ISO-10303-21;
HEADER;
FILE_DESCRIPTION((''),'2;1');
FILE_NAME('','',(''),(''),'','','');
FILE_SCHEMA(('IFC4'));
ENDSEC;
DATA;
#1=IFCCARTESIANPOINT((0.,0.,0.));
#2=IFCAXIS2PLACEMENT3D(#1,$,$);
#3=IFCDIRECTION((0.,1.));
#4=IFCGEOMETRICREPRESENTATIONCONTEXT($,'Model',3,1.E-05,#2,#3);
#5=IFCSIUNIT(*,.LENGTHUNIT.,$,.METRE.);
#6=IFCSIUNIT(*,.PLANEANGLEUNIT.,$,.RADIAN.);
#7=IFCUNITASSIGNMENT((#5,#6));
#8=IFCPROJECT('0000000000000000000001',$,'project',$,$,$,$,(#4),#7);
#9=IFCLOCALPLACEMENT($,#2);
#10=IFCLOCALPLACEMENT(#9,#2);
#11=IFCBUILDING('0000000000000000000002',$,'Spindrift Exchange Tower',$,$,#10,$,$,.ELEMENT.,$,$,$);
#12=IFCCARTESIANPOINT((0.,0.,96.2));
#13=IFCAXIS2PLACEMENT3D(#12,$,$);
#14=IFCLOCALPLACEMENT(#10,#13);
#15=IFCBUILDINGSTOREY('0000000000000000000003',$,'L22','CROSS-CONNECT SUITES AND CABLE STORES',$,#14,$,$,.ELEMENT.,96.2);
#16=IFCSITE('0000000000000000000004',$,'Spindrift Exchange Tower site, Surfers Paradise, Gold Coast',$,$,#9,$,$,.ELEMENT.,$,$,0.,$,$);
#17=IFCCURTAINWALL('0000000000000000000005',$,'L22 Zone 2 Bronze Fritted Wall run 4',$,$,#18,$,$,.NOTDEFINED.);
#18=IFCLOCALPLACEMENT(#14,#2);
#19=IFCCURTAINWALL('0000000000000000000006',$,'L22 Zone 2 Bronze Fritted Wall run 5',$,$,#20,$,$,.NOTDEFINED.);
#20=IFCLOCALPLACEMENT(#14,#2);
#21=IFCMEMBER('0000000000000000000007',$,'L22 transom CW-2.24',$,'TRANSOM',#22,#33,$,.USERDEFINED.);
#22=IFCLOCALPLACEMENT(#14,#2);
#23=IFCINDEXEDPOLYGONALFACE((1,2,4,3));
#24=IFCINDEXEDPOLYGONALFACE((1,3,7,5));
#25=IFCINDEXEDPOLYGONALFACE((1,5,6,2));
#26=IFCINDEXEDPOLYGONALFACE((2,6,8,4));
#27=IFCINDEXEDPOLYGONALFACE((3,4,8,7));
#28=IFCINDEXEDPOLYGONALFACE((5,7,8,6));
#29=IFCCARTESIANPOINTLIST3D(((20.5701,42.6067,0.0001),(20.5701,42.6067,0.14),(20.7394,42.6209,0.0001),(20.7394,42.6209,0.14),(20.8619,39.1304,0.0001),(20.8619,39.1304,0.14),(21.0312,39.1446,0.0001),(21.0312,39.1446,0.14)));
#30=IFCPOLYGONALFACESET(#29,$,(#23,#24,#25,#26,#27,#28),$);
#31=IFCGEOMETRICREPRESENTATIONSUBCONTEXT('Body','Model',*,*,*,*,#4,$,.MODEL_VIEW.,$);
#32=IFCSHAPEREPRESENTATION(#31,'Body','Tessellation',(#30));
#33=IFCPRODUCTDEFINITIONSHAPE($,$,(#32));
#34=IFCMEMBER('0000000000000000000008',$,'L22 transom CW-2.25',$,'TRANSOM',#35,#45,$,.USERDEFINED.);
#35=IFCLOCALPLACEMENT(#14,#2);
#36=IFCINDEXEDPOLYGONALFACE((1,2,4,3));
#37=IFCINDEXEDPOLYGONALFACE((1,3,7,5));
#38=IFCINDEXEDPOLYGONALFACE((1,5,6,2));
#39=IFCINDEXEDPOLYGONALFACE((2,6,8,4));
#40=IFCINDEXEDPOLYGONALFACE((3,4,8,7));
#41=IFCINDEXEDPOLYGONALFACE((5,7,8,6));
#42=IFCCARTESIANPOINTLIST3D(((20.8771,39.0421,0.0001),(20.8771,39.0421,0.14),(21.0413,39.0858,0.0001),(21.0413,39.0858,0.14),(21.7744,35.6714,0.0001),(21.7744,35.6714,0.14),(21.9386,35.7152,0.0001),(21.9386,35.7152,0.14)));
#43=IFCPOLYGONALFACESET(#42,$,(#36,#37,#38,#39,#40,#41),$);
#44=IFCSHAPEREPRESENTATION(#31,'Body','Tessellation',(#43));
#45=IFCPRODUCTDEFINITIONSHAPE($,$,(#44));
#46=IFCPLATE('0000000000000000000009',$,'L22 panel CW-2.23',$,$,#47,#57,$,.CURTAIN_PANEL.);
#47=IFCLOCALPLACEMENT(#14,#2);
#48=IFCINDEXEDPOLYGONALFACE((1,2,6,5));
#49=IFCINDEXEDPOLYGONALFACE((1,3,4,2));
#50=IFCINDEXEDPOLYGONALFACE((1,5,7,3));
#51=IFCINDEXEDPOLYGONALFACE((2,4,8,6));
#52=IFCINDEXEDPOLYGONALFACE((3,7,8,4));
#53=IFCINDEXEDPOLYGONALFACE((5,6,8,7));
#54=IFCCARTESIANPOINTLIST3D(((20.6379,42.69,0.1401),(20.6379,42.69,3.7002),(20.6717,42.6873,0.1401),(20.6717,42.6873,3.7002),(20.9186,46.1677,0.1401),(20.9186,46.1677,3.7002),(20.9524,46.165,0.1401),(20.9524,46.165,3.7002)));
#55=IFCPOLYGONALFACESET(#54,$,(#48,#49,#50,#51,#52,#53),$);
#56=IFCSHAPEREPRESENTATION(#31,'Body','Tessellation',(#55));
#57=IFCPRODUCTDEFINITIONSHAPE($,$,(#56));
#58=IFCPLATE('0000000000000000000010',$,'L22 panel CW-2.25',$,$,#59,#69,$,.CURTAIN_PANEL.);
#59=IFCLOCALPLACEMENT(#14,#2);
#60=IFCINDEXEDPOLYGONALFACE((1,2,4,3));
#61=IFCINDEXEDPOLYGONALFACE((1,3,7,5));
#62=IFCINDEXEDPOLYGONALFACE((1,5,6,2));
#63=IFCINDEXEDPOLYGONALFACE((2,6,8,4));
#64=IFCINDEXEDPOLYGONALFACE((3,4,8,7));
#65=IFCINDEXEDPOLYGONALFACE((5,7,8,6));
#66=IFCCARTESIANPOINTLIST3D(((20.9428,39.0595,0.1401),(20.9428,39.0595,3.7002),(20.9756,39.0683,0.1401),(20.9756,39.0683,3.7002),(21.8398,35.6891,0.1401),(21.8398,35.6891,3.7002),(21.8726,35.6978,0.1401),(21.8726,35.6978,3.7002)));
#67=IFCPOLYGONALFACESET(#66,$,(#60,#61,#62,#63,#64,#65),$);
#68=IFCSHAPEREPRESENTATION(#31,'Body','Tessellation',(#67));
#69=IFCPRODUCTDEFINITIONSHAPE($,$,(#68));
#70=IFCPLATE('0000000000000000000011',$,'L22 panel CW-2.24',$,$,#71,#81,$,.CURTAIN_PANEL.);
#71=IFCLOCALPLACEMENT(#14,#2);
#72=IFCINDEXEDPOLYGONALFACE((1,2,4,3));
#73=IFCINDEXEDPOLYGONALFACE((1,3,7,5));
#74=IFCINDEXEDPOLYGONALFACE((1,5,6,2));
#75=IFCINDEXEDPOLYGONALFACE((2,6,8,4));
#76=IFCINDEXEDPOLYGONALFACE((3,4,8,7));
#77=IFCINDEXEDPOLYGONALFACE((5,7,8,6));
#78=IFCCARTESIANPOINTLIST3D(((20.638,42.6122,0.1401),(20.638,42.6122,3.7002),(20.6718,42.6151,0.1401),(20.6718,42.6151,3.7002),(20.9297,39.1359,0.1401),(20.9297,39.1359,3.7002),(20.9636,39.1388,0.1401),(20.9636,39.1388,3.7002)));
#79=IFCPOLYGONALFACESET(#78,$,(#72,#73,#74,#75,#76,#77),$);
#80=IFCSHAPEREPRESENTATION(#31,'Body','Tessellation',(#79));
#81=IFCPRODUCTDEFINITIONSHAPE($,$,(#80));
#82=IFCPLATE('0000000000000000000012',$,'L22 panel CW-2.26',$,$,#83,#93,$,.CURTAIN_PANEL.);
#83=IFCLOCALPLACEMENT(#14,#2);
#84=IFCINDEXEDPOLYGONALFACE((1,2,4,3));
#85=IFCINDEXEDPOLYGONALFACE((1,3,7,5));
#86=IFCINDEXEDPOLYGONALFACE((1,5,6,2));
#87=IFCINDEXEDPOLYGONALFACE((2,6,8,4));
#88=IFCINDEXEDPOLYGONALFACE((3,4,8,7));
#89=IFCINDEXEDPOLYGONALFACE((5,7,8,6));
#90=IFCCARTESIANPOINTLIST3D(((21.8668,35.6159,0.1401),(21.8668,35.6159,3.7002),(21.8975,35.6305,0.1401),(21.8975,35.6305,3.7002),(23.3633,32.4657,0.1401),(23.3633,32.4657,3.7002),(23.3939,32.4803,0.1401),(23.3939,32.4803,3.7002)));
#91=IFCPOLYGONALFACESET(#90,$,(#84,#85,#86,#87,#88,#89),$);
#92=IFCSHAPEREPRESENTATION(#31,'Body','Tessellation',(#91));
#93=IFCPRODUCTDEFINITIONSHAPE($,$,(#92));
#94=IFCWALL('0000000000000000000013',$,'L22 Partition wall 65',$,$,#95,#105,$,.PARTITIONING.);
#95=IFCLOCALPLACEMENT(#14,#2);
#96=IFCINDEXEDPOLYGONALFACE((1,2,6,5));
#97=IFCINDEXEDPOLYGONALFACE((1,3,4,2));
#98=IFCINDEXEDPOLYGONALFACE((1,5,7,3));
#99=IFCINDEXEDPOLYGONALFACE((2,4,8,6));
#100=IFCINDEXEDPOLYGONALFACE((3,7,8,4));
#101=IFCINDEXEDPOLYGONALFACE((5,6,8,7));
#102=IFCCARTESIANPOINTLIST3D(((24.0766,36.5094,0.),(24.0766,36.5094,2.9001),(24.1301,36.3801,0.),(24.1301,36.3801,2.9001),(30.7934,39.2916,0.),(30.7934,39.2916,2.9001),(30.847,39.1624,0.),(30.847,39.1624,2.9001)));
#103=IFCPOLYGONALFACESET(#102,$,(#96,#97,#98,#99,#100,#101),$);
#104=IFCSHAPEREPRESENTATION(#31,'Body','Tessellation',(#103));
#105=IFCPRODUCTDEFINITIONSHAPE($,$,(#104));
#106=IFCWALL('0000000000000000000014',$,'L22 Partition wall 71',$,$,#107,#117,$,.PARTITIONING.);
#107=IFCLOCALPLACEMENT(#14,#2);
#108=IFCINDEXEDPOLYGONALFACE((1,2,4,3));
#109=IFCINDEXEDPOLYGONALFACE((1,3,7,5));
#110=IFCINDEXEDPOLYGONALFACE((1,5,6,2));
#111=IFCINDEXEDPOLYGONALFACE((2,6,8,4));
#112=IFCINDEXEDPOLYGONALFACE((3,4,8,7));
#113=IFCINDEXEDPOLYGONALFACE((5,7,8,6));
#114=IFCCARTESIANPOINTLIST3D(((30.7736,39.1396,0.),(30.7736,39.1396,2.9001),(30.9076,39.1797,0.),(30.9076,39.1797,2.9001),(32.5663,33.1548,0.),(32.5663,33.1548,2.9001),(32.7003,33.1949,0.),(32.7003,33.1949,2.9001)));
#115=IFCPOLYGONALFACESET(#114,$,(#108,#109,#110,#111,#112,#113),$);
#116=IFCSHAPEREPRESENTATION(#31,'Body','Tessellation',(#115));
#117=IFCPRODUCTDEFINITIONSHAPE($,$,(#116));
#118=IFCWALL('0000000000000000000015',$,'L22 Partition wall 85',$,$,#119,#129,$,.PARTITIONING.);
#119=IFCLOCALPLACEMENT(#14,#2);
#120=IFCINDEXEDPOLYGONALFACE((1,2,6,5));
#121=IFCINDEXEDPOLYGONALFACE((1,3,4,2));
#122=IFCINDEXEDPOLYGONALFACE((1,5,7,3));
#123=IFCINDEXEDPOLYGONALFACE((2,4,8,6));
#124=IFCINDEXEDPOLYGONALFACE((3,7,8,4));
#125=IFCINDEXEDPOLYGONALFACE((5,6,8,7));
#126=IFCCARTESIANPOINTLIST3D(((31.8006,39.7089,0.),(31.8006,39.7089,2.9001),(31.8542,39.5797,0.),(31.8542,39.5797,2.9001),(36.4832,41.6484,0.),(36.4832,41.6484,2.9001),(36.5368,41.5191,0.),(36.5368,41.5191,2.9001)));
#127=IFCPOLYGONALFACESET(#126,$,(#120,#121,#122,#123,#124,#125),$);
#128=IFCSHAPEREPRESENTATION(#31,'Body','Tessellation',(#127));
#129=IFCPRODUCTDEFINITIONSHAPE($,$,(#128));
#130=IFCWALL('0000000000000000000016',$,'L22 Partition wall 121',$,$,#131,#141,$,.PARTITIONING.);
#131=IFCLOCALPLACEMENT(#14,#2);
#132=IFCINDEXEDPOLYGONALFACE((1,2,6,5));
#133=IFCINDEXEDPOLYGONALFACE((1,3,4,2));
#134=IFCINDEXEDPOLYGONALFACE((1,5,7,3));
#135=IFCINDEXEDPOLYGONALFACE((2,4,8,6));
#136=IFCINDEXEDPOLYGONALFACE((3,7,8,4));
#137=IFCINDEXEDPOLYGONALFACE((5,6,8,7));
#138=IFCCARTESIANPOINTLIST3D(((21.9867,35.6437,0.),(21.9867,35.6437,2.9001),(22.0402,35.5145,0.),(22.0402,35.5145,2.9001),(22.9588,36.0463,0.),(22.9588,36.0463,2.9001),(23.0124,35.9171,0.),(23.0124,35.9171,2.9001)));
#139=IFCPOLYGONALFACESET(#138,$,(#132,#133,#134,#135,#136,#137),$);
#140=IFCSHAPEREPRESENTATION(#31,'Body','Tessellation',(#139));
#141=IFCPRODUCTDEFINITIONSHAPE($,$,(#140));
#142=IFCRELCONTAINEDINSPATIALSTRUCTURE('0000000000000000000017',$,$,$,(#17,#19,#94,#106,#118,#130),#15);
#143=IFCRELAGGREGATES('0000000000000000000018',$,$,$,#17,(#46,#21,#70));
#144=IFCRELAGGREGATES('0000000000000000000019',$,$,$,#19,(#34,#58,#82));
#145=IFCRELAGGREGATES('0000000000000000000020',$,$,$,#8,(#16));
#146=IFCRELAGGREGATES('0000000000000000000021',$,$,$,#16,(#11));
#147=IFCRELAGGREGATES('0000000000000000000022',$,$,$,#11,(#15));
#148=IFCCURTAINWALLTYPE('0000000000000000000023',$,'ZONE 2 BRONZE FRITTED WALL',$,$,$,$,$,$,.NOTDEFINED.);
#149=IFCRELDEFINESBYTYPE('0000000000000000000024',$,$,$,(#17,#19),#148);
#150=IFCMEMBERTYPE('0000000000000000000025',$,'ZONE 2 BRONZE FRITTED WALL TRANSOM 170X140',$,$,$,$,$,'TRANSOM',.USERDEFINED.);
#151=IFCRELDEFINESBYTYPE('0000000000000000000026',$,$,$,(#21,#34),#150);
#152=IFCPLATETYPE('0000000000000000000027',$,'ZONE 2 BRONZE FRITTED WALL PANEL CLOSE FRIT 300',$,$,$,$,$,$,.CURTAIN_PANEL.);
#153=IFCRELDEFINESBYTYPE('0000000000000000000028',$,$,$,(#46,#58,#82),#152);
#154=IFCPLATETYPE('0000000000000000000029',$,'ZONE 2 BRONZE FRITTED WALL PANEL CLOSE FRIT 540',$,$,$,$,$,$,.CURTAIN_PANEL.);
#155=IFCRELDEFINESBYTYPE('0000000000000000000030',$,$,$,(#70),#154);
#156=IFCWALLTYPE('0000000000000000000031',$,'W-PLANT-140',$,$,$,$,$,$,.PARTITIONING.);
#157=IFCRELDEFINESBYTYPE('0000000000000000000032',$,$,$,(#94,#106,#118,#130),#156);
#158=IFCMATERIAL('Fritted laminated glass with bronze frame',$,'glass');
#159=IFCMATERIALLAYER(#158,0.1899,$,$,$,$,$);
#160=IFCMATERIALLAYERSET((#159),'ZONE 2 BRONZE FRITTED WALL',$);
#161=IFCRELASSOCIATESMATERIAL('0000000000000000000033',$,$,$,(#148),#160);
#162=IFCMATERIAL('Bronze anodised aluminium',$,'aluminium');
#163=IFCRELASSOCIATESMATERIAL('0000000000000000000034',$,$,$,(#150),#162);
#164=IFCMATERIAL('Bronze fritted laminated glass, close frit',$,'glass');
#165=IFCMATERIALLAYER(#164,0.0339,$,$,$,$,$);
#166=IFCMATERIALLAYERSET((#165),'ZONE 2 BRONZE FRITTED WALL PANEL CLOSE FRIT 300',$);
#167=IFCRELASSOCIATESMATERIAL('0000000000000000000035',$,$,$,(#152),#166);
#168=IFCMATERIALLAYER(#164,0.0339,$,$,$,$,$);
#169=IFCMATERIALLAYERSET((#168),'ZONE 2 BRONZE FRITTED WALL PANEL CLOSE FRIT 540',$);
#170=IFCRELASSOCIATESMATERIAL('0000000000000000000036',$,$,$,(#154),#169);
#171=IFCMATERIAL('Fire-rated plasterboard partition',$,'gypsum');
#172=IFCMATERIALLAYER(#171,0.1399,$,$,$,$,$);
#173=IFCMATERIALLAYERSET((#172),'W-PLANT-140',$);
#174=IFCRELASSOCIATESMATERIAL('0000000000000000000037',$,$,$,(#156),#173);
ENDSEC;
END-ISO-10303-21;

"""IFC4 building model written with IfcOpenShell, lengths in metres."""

from ifc_helpers import new_model, si_unit, direction, frame, frame_2d, origin, origin_2d, place, context, subcontext, project, spatial, rectangle, extrude, source, transform, mapped, material, layer, layer_set, material_profile, profile_set, type_object, element, aggregate, save


model = new_model("IFC4")

# Units and contexts
model_context = context("Model", 3, precision=1e-05, world=origin(), true_north=direction((0.0, 1.0)))
body_context = subcontext(model_context, "Body", "Model", "MODEL_VIEW")
ifc_project = project(units=[si_unit("LENGTHUNIT", "METRE"), si_unit("PLANEANGLEUNIT", "RADIAN")], contexts=[model_context])

# Site, building, storey
site_placement = place(None, origin())
site = spatial("IfcSite", under=ifc_project, at=site_placement, Name="Spindrift Exchange Tower site, Surfers Paradise, Gold Coast", CompositionType="ELEMENT", RefElevation=0.0)
building_placement = place(site_placement, origin())
building = spatial("IfcBuilding", under=site, at=building_placement, Name="Spindrift Exchange Tower", CompositionType="ELEMENT")
storey_placement = place(building_placement, frame((0.0, 0.0, 96.2)))
storey = spatial("IfcBuildingStorey", under=building, at=storey_placement, Name="L22", Description="CROSS-CONNECT SUITES AND CABLE STORES", CompositionType="ELEMENT", Elevation=96.2)

# Curtain walls
ifc_material_1 = material(Name="Fritted laminated glass with bronze frame", Category="glass")
ifc_layer_1 = layer(ifc_material_1, 0.1899)
ifc_layer_set_1 = layer_set([ifc_layer_1], Name="ZONE 2 BRONZE FRITTED WALL")
curtain_wall_type = type_object("IfcCurtainWallType", Name="ZONE 2 BRONZE FRITTED WALL", PredefinedType="NOTDEFINED", material=ifc_layer_set_1)
curtain_wall_1_placement = place(storey_placement, origin())
curtain_wall_1 = element("IfcCurtainWall", 1, at=curtain_wall_1_placement, inside=storey, type_object=curtain_wall_type, Name="L22 Zone 2 Bronze Fritted Wall run 4", PredefinedType="NOTDEFINED")
ifc_material_2 = material(Name="Bronze anodised aluminium", Category="aluminium")
curtain_wall_2_placement = place(storey_placement, origin())
curtain_wall_2 = element("IfcCurtainWall", 2, at=curtain_wall_2_placement, inside=storey, type_object=curtain_wall_type, Name="L22 Zone 2 Bronze Fritted Wall run 5", PredefinedType="NOTDEFINED")

# Members
ifc_material_profile_1 = material_profile(ifc_material_2, rectangle(XDim=0.1699, YDim=0.1399, at=origin_2d()), Name="ZONE 2 BRONZE FRITTED WALL TRANSOM 170X140")
ifc_profile_set_1 = profile_set([ifc_material_profile_1], Name="Bronze anodised aluminium")
member_type_1 = type_object("IfcMemberType", Name="ZONE 2 BRONZE FRITTED WALL TRANSOM 170X140", ElementType="TRANSOM", PredefinedType="USERDEFINED", material=ifc_profile_set_1)
shared_shape_1 = source(origin(), body_context, "Body", "SweptSolid", [
    extrude(rectangle(XDim=0.1699, YDim=0.1399, at=origin_2d()), origin(), (0.0, 0.0, 1.0), 3.4885),
])
member_1_placement = place(storey_placement, frame((20.6548, 42.6138, 0.0701), z_axis=(0.08363, -0.996497, 0.0), x_axis=(0.996497, 0.08363, 0.0)))
member_1 = element("IfcMember", 3, at=member_1_placement, type_object=member_type_1, Name="L22 transom CW-2.24", ObjectType="TRANSOM", PredefinedType="USERDEFINED", context=body_context, shape_type="MappedRepresentation", body=[
    mapped(shared_shape_1, transform((0.0, 0.0, 0.0), scale=1.0)),
])
shared_shape_2 = source(origin(), body_context, "Body", "SweptSolid", [
    extrude(rectangle(XDim=0.1699, YDim=0.1399, at=origin_2d()), origin(), (0.0, 0.0, 1.0), 3.488),
])
member_2_placement = place(storey_placement, frame((20.9592, 39.064, 0.0701), z_axis=(0.257231, -0.96635, 0.0), x_axis=(0.96635, 0.257231, 0.0)))
member_2 = element("IfcMember", 4, at=member_2_placement, type_object=member_type_1, Name="L22 transom CW-2.25", ObjectType="TRANSOM", PredefinedType="USERDEFINED", context=body_context, shape_type="MappedRepresentation", body=[
    mapped(shared_shape_2, transform((0.0, 0.0, 0.0), scale=1.0)),
])

# Plates
ifc_material_3 = material(Name="Bronze fritted laminated glass, close frit", Category="glass")
ifc_layer_2 = layer(ifc_material_3, 0.0339)
ifc_layer_set_2 = layer_set([ifc_layer_2], Name="ZONE 2 BRONZE FRITTED WALL PANEL CLOSE FRIT 300")
plate_type_1 = type_object("IfcPlateType", Name="ZONE 2 BRONZE FRITTED WALL PANEL CLOSE FRIT 300", PredefinedType="CURTAIN_PANEL", material=ifc_layer_set_2)
shared_shape_3 = source(origin(), body_context, "Body", "SweptSolid", [
    extrude(rectangle(XDim=3.489, YDim=0.0339, at=origin_2d()), origin(), (0.0, 0.0, 1.0), 3.5601),
])
plate_1_placement = place(storey_placement, frame((20.7952, 44.4275, 0.1401), z_axis=(0.0, 0.0, 1.0), x_axis=(-0.080442, -0.996759, 0.0)))
plate_1 = element("IfcPlate", 5, at=plate_1_placement, type_object=plate_type_1, Name="L22 panel CW-2.23", PredefinedType="CURTAIN_PANEL", context=body_context, shape_type="MappedRepresentation", body=[
    mapped(shared_shape_3, transform((0.0, 0.0, 0.0), scale=1.0)),
])
shared_shape_4 = source(origin(), body_context, "Body", "SweptSolid", [
    extrude(rectangle(XDim=3.4878, YDim=0.0339, at=origin_2d()), origin(), (0.0, 0.0, 1.0), 3.5601),
])
plate_2_placement = place(storey_placement, frame((21.4077, 37.3787, 0.1401), z_axis=(0.0, 0.0, 1.0), x_axis=(0.257182, -0.966363, 0.0)))
plate_2 = element("IfcPlate", 6, at=plate_2_placement, type_object=plate_type_1, Name="L22 panel CW-2.25", PredefinedType="CURTAIN_PANEL", context=body_context, shape_type="MappedRepresentation", body=[
    mapped(shared_shape_4, transform((0.0, 0.0, 0.0), scale=1.0)),
])
ifc_layer_3 = layer(ifc_material_3, 0.0339)
ifc_layer_set_3 = layer_set([ifc_layer_3], Name="ZONE 2 BRONZE FRITTED WALL PANEL CLOSE FRIT 540")
plate_type_2 = type_object("IfcPlateType", Name="ZONE 2 BRONZE FRITTED WALL PANEL CLOSE FRIT 540", PredefinedType="CURTAIN_PANEL", material=ifc_layer_set_3)
shared_shape_5 = source(origin(), body_context, "Body", "SweptSolid", [
    extrude(rectangle(XDim=3.4885, YDim=0.0339, at=origin_2d()), origin(), (0.0, 0.0, 1.0), 3.5601),
])
plate_3_placement = place(storey_placement, frame((20.8008, 40.8755, 0.1401), z_axis=(0.0, 0.0, 1.0), x_axis=(0.083626, -0.996497, 0.0)))
plate_3 = element("IfcPlate", 7, at=plate_3_placement, type_object=plate_type_2, Name="L22 panel CW-2.24", PredefinedType="CURTAIN_PANEL", context=body_context, shape_type="MappedRepresentation", body=[
    mapped(shared_shape_5, transform((0.0, 0.0, 0.0), scale=1.0)),
])
aggregate(curtain_wall_1, [plate_1, member_1, plate_3])
shared_shape_6 = source(origin(), body_context, "Body", "SweptSolid", [
    extrude(rectangle(XDim=3.4875, YDim=0.0339, at=origin_2d()), origin(), (0.0, 0.0, 1.0), 3.5601),
])
plate_4_placement = place(storey_placement, frame((22.6304, 34.0481, 0.1401), z_axis=(0.0, 0.0, 1.0), x_axis=(0.429091, -0.903261, 0.0)))
plate_4 = element("IfcPlate", 8, at=plate_4_placement, type_object=plate_type_1, Name="L22 panel CW-2.26", PredefinedType="CURTAIN_PANEL", context=body_context, shape_type="MappedRepresentation", body=[
    mapped(shared_shape_6, transform((0.0, 0.0, 0.0), scale=1.0)),
])
aggregate(curtain_wall_2, [member_2, plate_2, plate_4])

# Walls
ifc_material_4 = material(Name="Fire-rated plasterboard partition", Category="gypsum")
ifc_layer_4 = layer(ifc_material_4, 0.1399)
ifc_layer_set_4 = layer_set([ifc_layer_4], Name="W-PLANT-140")
wall_type_1 = type_object("IfcWallType", Name="W-PLANT-140", PredefinedType="PARTITIONING", material=ifc_layer_set_4)
wall_1_placement = place(storey_placement, frame((30.8203, 39.2271, 0.0), z_axis=(0.0, 0.0, 1.0), x_axis=(-0.923878, -0.382688, 0.0)))
element("IfcWall", 9, at=wall_1_placement, inside=storey, type_object=wall_type_1, Name="L22 Partition wall 65", PredefinedType="PARTITIONING", context=body_context, shape_type="SweptSolid", body=[
    extrude(rectangle(XDim=7.2703, YDim=0.1399, at=frame_2d((3.6353, 0.0))), origin(), (0.0, 0.0, 1.0), 2.9001),
])
wall_2_placement = place(storey_placement, frame((30.8406, 39.1597, 0.0), z_axis=(0.0, 0.0, 1.0), x_axis=(0.286946, -0.957947, 0.0)))
element("IfcWall", 10, at=wall_2_placement, inside=storey, type_object=wall_type_1, Name="L22 Partition wall 71", PredefinedType="PARTITIONING", context=body_context, shape_type="SweptSolid", body=[
    extrude(rectangle(XDim=6.2476, YDim=0.1399, at=frame_2d((3.1238, 0.0))), origin(), (0.0, 0.0, 1.0), 2.9001),
])
wall_3_placement = place(storey_placement, frame((36.51, 41.5837, 0.0), z_axis=(0.0, 0.0, 1.0), x_axis=(-0.92389, -0.382658, 0.0)))
element("IfcWall", 11, at=wall_3_placement, inside=storey, type_object=wall_type_1, Name="L22 Partition wall 85", PredefinedType="PARTITIONING", context=body_context, shape_type="SweptSolid", body=[
    extrude(rectangle(XDim=5.0684, YDim=0.1399, at=frame_2d((2.5342, 0.0))), origin(), (0.0, 0.0, 1.0), 2.9001),
])
wall_4_placement = place(storey_placement, frame((22.9856, 35.9817, 0.0), z_axis=(0.0, 0.0, 1.0), x_axis=(-0.923912, -0.382605, 0.0)))
element("IfcWall", 12, at=wall_4_placement, inside=storey, type_object=wall_type_1, Name="L22 Partition wall 121", PredefinedType="PARTITIONING", context=body_context, shape_type="SweptSolid", body=[
    extrude(rectangle(XDim=1.0522, YDim=0.1399, at=frame_2d((0.5261, 0.0))), origin(), (0.0, 0.0, 1.0), 2.9001),
])

save(model, "model.ifc")
